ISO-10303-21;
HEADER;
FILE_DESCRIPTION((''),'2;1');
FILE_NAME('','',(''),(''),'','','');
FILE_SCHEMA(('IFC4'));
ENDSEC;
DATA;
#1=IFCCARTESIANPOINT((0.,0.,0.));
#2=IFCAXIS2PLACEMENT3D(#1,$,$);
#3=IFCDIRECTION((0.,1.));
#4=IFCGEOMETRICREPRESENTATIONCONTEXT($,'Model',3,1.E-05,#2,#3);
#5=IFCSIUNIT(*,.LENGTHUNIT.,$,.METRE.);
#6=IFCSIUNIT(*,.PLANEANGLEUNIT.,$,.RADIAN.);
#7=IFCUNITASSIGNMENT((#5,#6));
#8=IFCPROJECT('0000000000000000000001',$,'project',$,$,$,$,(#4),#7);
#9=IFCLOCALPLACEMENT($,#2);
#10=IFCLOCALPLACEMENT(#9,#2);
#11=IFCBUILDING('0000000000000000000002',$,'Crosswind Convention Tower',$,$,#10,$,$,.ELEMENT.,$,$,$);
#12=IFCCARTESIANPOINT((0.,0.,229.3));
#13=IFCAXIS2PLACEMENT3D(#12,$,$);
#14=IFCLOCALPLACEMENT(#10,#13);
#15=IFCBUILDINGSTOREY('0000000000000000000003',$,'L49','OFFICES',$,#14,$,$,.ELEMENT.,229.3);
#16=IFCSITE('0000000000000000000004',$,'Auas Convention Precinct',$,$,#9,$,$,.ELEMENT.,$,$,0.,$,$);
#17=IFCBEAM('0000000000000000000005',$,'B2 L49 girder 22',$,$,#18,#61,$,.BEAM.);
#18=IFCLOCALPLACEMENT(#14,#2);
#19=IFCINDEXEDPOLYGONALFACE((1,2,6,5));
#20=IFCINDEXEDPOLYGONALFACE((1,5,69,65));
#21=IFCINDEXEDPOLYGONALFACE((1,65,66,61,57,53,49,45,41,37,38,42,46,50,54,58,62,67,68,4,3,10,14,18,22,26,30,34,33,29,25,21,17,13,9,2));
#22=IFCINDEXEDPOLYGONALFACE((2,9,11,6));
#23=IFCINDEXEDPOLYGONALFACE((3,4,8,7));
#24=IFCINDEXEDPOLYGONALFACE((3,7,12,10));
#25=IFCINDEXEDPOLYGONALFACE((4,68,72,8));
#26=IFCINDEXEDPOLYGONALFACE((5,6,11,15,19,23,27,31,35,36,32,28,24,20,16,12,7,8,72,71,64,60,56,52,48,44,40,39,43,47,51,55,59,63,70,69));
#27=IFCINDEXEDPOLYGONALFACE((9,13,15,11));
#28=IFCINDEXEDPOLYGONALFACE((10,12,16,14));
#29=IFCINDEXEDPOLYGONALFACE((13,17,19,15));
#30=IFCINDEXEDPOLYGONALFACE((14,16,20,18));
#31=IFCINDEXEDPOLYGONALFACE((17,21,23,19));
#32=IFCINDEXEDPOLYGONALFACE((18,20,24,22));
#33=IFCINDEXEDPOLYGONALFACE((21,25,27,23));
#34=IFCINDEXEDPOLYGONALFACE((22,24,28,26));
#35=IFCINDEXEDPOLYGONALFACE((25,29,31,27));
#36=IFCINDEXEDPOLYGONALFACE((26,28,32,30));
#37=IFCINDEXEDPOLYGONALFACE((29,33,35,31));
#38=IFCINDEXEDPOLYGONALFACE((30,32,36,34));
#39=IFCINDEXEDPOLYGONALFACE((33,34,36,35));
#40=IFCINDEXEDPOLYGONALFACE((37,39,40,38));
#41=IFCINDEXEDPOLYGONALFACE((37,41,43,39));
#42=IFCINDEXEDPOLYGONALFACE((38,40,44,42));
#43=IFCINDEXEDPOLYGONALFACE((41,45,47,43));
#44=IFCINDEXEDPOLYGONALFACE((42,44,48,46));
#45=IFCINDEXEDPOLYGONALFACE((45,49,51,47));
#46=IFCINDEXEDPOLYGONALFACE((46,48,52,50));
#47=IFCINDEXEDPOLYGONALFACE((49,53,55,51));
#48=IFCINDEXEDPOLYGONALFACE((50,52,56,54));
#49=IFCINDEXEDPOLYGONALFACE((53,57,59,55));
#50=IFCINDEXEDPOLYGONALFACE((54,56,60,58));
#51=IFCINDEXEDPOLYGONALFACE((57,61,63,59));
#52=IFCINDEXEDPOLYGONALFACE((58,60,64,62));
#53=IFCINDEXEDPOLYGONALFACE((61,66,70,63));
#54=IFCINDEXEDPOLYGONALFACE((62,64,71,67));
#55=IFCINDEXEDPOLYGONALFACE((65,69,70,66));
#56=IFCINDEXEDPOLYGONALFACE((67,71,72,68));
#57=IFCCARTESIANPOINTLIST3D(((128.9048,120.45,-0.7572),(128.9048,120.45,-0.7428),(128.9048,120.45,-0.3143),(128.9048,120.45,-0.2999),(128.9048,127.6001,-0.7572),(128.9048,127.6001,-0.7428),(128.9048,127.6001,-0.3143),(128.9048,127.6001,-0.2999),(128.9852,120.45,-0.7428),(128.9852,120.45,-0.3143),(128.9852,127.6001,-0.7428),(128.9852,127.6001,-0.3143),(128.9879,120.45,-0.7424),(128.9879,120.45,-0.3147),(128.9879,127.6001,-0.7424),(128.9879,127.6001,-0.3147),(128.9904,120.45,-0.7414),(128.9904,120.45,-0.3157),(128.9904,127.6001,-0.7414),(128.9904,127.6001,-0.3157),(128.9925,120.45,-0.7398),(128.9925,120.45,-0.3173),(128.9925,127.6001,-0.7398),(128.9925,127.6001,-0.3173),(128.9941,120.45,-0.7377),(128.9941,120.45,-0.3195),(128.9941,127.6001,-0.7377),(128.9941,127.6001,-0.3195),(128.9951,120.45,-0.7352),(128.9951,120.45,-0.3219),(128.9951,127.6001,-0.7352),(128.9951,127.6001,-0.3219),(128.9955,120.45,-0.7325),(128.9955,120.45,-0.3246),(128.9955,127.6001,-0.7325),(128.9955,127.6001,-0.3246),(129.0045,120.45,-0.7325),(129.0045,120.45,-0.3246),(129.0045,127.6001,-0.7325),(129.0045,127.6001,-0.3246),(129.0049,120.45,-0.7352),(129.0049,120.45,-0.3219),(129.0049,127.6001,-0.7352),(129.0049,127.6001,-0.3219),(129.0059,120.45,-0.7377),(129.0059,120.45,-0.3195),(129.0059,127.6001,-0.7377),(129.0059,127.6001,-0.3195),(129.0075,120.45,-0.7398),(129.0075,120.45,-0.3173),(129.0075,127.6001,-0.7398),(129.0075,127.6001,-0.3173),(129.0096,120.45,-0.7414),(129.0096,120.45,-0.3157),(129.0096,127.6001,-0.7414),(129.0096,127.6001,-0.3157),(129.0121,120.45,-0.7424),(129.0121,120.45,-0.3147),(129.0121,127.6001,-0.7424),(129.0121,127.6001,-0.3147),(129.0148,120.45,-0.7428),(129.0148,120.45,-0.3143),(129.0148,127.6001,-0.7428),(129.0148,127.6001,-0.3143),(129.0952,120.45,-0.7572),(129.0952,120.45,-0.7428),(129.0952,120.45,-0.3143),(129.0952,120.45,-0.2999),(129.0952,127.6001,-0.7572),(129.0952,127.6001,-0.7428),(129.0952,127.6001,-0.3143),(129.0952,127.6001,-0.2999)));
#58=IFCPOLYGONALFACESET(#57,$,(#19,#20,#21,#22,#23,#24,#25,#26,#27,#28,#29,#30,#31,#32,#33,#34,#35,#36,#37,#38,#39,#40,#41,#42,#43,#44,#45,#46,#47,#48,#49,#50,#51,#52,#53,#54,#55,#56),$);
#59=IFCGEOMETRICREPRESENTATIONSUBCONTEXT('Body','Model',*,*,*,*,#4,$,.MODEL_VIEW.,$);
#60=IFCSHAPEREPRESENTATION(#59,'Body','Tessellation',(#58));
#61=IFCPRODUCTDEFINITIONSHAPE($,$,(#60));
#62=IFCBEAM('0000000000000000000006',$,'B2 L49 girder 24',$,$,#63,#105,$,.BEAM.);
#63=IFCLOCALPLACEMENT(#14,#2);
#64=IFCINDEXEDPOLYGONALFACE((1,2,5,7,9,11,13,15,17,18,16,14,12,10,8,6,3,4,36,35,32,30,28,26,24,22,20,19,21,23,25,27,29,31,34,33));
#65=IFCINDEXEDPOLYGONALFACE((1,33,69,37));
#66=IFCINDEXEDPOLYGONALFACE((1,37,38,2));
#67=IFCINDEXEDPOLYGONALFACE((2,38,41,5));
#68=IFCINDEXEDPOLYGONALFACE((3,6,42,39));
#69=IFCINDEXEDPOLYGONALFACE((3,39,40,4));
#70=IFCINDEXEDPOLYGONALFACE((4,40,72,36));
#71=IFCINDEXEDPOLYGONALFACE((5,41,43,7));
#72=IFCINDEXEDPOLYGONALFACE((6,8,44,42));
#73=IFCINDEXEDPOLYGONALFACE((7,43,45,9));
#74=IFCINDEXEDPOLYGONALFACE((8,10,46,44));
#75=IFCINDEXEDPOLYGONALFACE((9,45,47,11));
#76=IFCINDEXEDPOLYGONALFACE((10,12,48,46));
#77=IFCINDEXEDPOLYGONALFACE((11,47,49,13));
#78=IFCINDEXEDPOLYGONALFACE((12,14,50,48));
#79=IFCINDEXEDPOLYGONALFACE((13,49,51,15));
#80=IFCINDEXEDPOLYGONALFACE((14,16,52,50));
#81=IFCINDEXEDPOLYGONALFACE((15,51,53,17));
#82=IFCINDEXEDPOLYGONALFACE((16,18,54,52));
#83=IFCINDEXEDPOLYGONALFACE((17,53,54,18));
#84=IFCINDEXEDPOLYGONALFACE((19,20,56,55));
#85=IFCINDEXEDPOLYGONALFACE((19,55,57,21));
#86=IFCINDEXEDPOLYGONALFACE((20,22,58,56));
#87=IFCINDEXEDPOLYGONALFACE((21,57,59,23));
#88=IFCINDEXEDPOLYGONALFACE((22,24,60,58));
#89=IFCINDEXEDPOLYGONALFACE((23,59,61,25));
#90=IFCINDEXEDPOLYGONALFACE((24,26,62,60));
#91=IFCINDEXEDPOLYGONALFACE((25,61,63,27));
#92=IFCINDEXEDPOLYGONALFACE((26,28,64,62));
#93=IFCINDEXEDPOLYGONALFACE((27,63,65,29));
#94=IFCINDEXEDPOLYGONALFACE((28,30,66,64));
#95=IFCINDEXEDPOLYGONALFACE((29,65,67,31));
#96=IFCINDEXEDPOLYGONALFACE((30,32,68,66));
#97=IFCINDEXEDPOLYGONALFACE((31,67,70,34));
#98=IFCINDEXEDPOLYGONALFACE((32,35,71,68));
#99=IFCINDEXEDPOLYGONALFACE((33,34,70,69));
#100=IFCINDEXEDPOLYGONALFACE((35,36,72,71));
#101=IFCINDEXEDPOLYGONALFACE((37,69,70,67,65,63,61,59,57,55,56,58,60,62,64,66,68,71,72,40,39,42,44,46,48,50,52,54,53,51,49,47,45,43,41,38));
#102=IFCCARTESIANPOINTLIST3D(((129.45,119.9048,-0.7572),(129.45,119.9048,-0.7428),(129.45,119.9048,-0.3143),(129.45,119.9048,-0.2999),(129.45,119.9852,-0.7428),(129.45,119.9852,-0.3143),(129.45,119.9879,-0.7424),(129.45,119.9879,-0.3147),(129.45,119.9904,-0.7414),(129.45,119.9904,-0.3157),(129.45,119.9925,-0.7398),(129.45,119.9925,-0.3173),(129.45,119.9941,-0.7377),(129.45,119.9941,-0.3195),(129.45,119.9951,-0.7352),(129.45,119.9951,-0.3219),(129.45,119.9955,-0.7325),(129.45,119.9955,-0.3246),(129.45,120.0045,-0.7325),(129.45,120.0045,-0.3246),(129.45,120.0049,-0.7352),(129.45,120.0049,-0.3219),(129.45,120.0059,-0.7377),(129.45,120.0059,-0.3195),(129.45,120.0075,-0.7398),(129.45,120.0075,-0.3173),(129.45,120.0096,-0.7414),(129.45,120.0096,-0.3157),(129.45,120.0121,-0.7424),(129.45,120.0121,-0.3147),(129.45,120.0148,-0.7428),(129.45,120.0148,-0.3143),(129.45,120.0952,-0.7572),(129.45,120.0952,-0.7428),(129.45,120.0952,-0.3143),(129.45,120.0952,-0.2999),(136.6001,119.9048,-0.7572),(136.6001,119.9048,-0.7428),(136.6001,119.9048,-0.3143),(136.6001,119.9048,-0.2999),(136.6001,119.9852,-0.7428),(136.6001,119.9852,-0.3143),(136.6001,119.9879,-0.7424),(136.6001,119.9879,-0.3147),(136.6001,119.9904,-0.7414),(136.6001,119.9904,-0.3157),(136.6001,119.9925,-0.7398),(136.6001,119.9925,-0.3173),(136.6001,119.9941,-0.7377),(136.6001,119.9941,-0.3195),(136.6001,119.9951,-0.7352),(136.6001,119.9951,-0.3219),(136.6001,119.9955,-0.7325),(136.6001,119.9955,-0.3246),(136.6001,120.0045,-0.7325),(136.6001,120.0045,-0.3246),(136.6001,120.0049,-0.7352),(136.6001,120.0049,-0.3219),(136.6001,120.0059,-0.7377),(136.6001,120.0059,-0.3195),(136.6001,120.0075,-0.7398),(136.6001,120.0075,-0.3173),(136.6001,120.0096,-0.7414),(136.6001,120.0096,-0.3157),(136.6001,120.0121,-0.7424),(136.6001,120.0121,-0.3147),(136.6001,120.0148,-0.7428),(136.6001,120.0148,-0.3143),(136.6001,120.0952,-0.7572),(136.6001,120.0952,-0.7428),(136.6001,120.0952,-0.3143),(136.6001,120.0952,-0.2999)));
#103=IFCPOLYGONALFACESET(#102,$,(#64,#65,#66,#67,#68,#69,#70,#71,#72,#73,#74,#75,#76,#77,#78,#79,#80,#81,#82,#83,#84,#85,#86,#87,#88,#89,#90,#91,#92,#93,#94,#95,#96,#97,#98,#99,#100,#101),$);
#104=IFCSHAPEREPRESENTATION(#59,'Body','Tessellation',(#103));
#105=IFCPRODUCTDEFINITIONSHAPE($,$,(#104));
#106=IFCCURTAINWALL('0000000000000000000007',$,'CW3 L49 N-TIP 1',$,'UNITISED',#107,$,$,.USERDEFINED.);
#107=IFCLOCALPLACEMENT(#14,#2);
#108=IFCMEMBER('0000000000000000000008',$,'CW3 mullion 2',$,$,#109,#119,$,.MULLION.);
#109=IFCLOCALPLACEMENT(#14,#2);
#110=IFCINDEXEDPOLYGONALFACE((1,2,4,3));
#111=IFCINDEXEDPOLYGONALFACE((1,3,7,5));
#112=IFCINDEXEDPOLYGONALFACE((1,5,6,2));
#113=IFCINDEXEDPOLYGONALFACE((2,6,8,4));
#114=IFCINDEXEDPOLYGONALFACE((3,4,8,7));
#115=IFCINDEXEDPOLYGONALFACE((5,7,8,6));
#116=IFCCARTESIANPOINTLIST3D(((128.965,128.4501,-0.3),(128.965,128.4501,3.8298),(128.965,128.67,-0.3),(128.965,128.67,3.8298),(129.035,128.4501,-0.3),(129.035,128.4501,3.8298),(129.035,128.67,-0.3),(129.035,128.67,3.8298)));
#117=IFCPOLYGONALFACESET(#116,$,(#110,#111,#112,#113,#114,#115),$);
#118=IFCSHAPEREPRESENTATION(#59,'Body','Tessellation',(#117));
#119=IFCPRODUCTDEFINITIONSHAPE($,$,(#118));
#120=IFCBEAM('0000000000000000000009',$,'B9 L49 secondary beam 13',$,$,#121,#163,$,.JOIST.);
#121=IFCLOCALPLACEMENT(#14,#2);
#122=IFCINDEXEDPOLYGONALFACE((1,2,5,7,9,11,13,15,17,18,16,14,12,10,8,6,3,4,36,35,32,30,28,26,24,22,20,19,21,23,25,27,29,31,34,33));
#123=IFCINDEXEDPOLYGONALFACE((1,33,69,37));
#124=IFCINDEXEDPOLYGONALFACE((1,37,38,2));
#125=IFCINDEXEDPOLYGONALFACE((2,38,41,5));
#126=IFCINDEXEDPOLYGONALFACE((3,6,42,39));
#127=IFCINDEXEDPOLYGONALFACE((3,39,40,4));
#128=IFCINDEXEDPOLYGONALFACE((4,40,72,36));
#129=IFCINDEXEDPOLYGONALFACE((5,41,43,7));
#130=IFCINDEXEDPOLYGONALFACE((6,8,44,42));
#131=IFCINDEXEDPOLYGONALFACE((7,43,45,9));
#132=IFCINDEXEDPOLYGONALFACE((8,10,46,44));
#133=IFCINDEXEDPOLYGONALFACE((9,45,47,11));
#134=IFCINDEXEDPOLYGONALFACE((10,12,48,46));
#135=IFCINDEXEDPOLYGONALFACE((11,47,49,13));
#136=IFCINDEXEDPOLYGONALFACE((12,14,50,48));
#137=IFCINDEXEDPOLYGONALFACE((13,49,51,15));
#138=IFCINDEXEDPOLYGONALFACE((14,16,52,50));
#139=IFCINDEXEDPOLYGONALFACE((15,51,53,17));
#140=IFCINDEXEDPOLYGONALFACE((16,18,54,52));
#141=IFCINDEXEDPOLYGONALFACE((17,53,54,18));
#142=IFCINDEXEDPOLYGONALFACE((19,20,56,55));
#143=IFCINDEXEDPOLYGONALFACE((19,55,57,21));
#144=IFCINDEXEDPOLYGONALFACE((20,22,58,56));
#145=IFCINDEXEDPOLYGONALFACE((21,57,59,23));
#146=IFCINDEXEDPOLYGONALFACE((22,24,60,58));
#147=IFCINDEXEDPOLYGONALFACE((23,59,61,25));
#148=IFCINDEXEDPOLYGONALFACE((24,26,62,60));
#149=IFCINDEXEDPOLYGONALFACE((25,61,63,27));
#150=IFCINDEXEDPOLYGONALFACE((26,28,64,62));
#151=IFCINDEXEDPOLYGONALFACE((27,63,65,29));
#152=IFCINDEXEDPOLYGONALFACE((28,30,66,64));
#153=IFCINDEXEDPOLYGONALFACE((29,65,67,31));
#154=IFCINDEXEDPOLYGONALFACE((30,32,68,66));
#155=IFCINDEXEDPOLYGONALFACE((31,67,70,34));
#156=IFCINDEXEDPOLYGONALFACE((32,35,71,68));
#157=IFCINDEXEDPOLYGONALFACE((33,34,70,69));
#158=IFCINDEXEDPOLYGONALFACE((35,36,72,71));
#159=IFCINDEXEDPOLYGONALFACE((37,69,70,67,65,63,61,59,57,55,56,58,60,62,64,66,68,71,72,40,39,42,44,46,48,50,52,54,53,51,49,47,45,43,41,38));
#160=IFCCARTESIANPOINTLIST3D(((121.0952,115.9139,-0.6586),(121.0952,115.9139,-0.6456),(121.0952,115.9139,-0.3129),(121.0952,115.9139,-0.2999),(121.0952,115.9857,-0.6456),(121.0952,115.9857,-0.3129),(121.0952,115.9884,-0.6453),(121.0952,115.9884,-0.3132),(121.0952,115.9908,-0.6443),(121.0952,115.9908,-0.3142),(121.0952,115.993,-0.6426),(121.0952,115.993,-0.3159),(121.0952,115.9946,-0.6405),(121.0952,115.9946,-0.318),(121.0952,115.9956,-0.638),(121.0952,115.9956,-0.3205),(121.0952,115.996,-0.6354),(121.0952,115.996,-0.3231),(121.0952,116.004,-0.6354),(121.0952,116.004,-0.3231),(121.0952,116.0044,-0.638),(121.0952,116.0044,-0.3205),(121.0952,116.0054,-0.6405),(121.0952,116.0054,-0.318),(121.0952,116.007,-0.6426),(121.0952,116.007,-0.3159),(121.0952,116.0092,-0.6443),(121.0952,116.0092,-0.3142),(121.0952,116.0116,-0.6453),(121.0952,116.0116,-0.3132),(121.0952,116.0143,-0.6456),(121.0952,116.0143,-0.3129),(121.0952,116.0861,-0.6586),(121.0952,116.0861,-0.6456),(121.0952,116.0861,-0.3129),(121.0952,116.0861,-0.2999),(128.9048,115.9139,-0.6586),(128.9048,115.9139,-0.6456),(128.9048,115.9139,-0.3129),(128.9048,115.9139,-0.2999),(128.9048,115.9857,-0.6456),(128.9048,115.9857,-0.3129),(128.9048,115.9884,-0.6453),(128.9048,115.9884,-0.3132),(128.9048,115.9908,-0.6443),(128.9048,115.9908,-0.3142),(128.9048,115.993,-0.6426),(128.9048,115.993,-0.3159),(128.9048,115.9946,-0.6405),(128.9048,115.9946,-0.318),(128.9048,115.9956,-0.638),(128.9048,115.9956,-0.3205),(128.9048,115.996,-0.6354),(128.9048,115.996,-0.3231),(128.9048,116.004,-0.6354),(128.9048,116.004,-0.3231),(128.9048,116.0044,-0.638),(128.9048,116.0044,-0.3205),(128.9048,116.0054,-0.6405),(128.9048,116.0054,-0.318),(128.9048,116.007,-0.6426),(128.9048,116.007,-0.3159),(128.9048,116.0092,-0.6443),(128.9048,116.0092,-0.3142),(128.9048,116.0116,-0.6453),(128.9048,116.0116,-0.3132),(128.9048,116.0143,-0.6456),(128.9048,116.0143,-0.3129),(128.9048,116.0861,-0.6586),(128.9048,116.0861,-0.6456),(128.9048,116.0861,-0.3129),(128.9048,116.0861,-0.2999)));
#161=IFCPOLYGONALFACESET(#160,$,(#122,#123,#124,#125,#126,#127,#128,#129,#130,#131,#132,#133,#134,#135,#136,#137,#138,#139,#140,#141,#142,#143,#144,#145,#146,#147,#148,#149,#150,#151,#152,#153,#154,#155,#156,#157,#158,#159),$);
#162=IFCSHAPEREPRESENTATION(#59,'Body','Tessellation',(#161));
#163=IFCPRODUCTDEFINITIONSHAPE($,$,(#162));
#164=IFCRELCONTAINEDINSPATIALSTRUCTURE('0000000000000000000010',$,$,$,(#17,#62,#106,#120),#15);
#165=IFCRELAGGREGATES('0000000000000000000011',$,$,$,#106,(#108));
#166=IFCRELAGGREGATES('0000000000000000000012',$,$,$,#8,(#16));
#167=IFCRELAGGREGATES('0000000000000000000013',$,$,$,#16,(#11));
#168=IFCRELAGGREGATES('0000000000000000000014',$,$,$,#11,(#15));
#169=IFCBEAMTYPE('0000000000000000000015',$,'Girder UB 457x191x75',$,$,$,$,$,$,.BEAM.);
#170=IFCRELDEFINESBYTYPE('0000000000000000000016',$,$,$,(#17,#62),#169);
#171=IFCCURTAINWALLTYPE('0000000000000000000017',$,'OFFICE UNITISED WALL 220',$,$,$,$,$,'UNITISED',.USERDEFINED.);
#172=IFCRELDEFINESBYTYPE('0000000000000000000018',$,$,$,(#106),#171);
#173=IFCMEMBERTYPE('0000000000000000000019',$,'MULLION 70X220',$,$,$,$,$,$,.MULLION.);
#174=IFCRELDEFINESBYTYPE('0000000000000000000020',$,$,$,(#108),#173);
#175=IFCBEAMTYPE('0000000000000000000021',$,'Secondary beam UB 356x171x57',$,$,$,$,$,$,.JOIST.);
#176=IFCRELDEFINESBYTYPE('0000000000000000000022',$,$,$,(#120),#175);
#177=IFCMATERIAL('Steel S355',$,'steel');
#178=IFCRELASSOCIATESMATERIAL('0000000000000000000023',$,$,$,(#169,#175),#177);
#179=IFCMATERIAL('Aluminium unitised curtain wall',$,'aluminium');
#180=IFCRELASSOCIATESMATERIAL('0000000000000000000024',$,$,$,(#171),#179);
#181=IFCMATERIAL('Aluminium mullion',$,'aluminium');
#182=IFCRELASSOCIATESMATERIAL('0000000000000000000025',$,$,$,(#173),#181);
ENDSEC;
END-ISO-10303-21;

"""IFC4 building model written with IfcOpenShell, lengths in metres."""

from ifc_helpers import new_model, si_unit, direction, frame, origin, origin_2d, place, context, subcontext, project, spatial, rectangle, i_section, extrude, material, material_profile, profile_set, type_object, element, aggregate, save


model = new_model("IFC4")

# Units and contexts
model_context = context("Model", 3, precision=1e-05, world=origin(), true_north=direction((0.0, 1.0)))
body_context = subcontext(model_context, "Body", "Model", "MODEL_VIEW")
ifc_project = project(units=[si_unit("LENGTHUNIT", "METRE"), si_unit("PLANEANGLEUNIT", "RADIAN")], contexts=[model_context])

# Site, building, storey
site_placement = place(None, origin())
site = spatial("IfcSite", under=ifc_project, at=site_placement, Name="Auas Convention Precinct", CompositionType="ELEMENT", RefElevation=0.0)
building_placement = place(site_placement, origin())
building = spatial("IfcBuilding", under=site, at=building_placement, Name="Crosswind Convention Tower", CompositionType="ELEMENT")
storey_placement = place(building_placement, frame((0.0, 0.0, 229.3)))
storey = spatial("IfcBuildingStorey", under=building, at=storey_placement, Name="L49", Description="OFFICES", CompositionType="ELEMENT", Elevation=229.3)

# Beams
ifc_material_1 = material(Name="Steel S355", Category="steel")
ifc_material_profile_1 = material_profile(ifc_material_1, i_section(OverallWidth=0.1904, OverallDepth=0.4573, WebThickness=0.009, FlangeThickness=0.0144, FilletRadius=0.0103, at=origin_2d()), Name="UB 457x191x75")
ifc_profile_set_1 = profile_set([ifc_material_profile_1], Name="Steel S355")
beam_type_1 = type_object("IfcBeamType", Name="Girder UB 457x191x75", PredefinedType="BEAM", material=ifc_profile_set_1)
for number, where, z_axis, x_axis, name in (
    (1, (129.0, 120.45, -0.5286), (0.0, 1.0, 0.0), (-1.0, 0.0, 0.0), "B2 L49 girder 22"),
    (2, (129.45, 120.0, -0.5286), (1.0, 0.0, 0.0), (0.0, 1.0, 0.0), "B2 L49 girder 24"),
):
    element("IfcBeam", number, at=place(storey_placement, frame(where, z_axis=z_axis, x_axis=x_axis)), inside=storey, type_object=beam_type_1, Name=name, PredefinedType="BEAM", context=body_context, shape_type="SweptSolid", body=[
        extrude(i_section(OverallWidth=0.1904, OverallDepth=0.4573, WebThickness=0.009, FlangeThickness=0.0144, FilletRadius=0.0103, at=origin_2d()), origin(), (0.0, 0.0, 1.0), 7.1501),
    ])

# Curtain wall, member
ifc_material_2 = material(Name="Aluminium unitised curtain wall", Category="aluminium")
curtain_wall_type = type_object("IfcCurtainWallType", Name="OFFICE UNITISED WALL 220", ElementType="UNITISED", PredefinedType="USERDEFINED", material=ifc_material_2)
curtain_wall_placement = place(storey_placement, origin())
curtain_wall = element("IfcCurtainWall", 3, at=curtain_wall_placement, inside=storey, type_object=curtain_wall_type, Name="CW3 L49 N-TIP 1", ObjectType="UNITISED", PredefinedType="USERDEFINED")
ifc_material_3 = material(Name="Aluminium mullion", Category="aluminium")
ifc_material_profile_2 = material_profile(ifc_material_3, rectangle(XDim=0.22, YDim=0.0701, at=origin_2d()), Name="AL 220X70")
ifc_profile_set_2 = profile_set([ifc_material_profile_2], Name="Aluminium mullion")
member_type = type_object("IfcMemberType", Name="MULLION 70X220", PredefinedType="MULLION", material=ifc_profile_set_2)
member_placement = place(storey_placement, frame((129.0, 128.5601, -0.3), z_axis=(0.0, 0.0, 1.0), x_axis=(0.0, 1.0, 0.0)))
member = element("IfcMember", 4, at=member_placement, type_object=member_type, Name="CW3 mullion 2", PredefinedType="MULLION", context=body_context, shape_type="SweptSolid", body=[
    extrude(rectangle(XDim=0.22, YDim=0.0701, at=origin_2d()), origin(), (0.0, 0.0, 1.0), 4.1299),
])

# Beam
ifc_material_profile_3 = material_profile(ifc_material_1, i_section(OverallWidth=0.1721, OverallDepth=0.3586, WebThickness=0.0081, FlangeThickness=0.0129, FilletRadius=0.0103, at=origin_2d()), Name="UB 356x171x57")
ifc_profile_set_3 = profile_set([ifc_material_profile_3], Name="Steel S355")
beam_type_2 = type_object("IfcBeamType", Name="Secondary beam UB 356x171x57", PredefinedType="JOIST", material=ifc_profile_set_3)
for number, where, z_axis, x_axis, name in (
    (5, (121.0952, 116.0, -0.4792), (1.0, 0.0, 0.0), (0.0, 1.0, 0.0), "B9 L49 secondary beam 13"),
):
    element("IfcBeam", number, at=place(storey_placement, frame(where, z_axis=z_axis, x_axis=x_axis)), inside=storey, type_object=beam_type_2, Name=name, PredefinedType="JOIST", context=body_context, shape_type="SweptSolid", body=[
        extrude(i_section(OverallWidth=0.1721, OverallDepth=0.3586, WebThickness=0.0081, FlangeThickness=0.0129, FilletRadius=0.0103, at=origin_2d()), origin(), (0.0, 0.0, 1.0), 7.8096),
    ])

aggregate(curtain_wall, [member])

save(model, "model.ifc")
